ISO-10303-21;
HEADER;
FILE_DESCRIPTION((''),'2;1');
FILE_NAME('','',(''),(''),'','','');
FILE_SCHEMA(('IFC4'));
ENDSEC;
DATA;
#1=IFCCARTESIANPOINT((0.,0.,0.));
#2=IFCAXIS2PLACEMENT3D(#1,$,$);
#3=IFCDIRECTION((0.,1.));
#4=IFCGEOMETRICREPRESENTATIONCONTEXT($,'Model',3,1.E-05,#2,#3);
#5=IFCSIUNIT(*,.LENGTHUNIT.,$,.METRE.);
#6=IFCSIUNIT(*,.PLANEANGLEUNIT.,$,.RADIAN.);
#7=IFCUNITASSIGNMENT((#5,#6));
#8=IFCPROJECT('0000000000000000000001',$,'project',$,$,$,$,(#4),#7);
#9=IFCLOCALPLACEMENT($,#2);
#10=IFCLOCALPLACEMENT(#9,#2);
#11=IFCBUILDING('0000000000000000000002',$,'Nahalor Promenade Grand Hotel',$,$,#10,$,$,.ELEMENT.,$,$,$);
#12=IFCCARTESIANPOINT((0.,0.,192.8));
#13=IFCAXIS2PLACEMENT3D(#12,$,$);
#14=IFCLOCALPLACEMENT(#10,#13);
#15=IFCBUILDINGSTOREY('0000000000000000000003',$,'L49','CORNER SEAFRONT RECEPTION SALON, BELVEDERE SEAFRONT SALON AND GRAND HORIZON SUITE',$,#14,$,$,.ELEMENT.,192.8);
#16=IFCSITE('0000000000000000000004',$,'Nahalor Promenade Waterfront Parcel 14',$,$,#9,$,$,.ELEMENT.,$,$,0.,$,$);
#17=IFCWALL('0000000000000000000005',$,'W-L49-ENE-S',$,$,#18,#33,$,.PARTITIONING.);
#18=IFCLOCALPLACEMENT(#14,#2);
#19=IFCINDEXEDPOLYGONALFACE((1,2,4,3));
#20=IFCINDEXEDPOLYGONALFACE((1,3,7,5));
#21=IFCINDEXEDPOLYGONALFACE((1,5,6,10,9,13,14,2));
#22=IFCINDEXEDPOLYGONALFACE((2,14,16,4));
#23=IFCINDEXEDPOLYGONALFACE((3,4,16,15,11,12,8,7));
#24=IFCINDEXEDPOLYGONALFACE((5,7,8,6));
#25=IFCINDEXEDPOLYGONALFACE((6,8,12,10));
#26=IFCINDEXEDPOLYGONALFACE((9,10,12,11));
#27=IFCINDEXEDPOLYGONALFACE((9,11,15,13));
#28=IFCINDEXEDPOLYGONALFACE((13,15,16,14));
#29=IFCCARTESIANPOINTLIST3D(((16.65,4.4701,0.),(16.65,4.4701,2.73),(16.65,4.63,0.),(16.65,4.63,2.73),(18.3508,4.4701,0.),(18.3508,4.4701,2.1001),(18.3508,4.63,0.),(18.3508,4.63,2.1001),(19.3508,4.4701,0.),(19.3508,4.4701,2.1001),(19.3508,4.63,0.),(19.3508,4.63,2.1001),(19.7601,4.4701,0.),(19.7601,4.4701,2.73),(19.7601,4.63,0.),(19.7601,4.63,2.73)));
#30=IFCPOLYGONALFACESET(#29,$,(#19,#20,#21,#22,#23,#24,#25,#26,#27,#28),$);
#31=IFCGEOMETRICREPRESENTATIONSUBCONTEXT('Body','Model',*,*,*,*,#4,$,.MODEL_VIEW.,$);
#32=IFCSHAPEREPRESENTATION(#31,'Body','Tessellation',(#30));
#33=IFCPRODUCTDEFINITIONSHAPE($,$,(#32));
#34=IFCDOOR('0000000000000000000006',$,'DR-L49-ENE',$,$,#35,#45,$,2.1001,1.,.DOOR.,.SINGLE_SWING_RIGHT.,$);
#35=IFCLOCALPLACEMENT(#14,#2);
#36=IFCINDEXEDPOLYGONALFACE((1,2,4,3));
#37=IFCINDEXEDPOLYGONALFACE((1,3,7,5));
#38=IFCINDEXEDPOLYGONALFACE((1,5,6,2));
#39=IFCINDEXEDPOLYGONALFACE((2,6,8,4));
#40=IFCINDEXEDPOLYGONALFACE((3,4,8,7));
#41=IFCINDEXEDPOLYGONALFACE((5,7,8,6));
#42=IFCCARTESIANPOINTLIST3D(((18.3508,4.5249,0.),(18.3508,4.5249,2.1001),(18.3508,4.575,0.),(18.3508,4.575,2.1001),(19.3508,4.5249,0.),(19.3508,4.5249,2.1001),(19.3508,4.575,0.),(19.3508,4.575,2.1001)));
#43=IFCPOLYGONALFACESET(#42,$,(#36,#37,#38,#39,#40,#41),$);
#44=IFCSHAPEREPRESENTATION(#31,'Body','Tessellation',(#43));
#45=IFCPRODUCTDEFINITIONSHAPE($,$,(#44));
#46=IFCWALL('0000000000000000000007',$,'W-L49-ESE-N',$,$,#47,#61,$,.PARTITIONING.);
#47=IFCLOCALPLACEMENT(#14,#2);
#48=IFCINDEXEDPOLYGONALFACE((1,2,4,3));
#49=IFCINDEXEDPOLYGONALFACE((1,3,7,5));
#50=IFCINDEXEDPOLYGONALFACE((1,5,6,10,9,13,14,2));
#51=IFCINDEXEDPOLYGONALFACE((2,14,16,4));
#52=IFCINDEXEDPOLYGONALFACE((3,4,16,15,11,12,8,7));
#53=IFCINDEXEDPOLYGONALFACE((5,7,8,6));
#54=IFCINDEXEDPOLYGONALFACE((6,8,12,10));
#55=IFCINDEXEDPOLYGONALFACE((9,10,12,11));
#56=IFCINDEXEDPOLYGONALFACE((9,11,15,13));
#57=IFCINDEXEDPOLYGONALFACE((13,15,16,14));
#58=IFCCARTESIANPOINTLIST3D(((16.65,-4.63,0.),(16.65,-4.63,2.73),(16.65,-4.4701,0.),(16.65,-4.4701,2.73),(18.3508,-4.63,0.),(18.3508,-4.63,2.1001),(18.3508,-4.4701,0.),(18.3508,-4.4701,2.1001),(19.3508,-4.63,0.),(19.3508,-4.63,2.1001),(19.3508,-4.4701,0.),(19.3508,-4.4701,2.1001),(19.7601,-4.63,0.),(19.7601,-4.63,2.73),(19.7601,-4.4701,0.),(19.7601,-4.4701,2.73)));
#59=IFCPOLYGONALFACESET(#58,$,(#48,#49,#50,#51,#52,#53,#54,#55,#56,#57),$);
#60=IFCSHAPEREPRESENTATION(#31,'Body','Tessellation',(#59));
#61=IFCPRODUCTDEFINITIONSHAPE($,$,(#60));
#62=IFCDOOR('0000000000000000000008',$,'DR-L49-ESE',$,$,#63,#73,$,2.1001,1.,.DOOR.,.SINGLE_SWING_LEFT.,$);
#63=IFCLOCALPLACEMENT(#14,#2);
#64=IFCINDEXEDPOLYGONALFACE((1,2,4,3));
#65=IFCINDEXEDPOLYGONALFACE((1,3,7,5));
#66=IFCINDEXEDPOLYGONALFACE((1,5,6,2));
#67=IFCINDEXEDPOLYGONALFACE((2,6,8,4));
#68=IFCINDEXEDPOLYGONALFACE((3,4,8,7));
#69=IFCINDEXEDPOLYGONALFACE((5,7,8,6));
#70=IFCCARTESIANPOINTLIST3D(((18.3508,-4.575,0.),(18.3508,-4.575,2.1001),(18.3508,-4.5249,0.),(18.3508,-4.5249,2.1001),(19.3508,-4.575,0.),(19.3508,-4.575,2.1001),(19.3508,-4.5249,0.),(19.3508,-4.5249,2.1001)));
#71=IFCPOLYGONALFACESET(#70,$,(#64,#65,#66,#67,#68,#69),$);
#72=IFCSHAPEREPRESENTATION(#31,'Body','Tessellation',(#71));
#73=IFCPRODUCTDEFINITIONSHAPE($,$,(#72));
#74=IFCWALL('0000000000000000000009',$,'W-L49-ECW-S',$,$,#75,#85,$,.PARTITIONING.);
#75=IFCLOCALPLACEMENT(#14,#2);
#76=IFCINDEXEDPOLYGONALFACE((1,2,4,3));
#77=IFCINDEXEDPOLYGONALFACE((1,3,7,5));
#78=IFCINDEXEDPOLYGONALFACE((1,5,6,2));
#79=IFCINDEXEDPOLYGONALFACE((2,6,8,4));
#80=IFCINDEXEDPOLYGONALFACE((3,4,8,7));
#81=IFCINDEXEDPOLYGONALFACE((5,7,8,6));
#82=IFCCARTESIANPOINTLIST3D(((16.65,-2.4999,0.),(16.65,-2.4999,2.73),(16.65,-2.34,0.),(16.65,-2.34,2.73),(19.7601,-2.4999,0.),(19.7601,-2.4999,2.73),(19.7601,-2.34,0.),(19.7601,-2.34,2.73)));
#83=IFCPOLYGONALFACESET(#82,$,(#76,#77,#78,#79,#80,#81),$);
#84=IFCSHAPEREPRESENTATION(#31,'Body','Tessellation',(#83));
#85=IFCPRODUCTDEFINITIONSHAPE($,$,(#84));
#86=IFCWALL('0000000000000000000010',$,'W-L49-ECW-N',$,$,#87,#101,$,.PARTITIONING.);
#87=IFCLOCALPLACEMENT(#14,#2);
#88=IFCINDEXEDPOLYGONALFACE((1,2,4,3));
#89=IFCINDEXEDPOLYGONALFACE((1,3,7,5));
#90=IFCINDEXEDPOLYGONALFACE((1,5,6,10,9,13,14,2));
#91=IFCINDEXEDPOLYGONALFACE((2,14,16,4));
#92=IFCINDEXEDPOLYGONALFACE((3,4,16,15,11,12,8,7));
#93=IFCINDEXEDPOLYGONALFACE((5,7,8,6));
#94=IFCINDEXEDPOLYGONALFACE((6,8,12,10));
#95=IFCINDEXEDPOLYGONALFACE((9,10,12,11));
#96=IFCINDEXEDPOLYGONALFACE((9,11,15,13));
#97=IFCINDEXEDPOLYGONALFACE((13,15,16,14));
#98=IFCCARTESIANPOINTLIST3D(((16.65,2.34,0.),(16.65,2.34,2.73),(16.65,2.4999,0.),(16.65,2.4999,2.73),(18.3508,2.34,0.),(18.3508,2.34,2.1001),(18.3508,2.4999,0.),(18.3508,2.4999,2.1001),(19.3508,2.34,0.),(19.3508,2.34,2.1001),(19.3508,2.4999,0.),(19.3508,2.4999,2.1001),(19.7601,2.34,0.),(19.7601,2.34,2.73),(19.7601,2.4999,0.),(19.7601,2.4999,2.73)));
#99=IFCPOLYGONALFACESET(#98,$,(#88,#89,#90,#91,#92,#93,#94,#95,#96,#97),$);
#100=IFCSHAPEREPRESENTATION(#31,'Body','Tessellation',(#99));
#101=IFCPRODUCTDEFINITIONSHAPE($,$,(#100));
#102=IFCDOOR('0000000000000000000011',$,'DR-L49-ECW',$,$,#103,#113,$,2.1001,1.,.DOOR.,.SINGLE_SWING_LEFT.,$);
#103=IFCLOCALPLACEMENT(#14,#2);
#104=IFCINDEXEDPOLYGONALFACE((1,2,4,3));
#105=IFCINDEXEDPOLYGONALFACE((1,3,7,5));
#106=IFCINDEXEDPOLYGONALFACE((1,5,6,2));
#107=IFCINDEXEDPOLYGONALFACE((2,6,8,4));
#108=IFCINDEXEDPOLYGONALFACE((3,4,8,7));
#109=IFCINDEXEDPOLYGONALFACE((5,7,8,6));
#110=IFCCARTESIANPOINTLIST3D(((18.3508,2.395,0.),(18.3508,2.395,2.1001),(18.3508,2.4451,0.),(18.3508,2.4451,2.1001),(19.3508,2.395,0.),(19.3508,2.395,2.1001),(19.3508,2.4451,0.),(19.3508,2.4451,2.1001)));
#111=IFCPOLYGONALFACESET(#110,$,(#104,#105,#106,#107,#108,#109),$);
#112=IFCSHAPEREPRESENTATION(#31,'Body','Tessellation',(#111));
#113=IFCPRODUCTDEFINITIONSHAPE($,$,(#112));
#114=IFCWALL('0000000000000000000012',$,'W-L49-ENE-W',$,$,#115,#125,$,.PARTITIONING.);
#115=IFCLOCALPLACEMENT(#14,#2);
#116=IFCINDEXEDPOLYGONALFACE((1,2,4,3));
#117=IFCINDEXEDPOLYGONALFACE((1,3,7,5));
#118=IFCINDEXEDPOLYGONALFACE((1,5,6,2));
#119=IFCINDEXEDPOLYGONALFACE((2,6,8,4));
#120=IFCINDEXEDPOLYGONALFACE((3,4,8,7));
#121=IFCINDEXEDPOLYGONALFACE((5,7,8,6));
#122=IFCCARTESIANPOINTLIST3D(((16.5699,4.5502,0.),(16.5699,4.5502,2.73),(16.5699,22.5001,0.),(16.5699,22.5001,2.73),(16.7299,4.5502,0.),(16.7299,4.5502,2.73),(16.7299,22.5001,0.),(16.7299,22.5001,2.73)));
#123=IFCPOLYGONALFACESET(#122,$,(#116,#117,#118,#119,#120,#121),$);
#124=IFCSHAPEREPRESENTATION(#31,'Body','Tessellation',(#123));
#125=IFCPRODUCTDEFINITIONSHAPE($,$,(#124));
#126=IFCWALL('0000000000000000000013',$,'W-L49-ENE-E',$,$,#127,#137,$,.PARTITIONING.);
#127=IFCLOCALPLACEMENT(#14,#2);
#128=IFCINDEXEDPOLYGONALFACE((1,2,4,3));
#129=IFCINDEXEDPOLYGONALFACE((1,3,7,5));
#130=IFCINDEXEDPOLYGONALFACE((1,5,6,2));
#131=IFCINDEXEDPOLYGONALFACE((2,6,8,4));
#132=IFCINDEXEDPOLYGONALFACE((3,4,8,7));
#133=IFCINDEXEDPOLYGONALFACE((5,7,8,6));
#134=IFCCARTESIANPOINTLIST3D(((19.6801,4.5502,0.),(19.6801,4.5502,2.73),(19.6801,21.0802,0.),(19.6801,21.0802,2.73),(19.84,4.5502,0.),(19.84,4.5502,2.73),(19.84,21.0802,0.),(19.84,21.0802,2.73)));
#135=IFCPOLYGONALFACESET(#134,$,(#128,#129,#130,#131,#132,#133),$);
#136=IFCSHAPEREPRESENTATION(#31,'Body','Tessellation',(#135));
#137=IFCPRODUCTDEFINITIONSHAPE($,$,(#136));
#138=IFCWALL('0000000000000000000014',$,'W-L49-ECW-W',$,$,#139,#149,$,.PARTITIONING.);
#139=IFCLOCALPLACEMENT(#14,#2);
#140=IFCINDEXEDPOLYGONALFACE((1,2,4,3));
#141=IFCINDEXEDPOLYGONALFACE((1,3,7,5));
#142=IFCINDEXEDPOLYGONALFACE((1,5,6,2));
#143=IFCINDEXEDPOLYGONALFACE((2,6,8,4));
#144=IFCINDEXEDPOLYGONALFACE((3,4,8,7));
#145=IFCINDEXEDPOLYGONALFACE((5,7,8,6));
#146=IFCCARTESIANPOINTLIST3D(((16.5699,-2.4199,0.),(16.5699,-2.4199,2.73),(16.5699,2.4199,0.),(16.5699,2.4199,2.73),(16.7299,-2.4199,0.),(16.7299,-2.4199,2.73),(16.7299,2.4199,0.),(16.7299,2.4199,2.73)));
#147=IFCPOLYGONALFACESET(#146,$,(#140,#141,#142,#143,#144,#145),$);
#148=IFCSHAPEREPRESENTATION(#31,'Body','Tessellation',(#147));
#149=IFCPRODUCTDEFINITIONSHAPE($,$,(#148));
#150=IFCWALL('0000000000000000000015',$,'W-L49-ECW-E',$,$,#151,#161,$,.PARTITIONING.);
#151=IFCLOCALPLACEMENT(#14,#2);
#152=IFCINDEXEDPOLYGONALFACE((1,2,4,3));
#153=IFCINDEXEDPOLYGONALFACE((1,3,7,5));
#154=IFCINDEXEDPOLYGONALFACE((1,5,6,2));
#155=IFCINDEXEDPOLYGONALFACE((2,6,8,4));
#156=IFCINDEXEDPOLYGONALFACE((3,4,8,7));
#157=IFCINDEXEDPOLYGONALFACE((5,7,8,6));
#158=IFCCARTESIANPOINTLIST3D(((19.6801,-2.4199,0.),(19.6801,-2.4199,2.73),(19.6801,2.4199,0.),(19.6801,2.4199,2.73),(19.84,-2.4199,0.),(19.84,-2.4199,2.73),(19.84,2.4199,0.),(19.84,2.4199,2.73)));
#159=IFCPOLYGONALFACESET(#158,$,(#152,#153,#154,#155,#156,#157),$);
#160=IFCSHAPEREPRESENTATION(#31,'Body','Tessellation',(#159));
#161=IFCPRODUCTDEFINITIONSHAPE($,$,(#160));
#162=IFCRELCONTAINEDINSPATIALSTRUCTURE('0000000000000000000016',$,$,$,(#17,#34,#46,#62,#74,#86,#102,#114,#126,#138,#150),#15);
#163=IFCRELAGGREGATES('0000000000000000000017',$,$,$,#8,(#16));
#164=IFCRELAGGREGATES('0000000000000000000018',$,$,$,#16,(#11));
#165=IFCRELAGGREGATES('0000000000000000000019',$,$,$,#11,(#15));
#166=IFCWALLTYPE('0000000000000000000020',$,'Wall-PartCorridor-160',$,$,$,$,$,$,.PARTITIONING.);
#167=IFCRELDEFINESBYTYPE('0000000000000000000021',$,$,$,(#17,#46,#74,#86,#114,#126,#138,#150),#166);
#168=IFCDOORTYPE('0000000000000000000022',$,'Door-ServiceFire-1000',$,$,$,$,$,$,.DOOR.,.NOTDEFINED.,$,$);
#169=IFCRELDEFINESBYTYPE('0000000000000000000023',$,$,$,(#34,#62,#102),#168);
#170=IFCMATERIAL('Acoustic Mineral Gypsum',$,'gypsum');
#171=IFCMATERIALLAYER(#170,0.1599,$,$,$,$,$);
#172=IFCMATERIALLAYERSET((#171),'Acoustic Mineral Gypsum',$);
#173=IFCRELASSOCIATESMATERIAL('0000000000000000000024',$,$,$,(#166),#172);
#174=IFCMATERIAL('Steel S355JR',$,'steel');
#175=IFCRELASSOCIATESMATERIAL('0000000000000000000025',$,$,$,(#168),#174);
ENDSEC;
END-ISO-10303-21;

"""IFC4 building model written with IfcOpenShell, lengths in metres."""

from ifc_helpers import new_model, si_unit, direction, frame, frame_2d, origin, place, context, subcontext, project, spatial, rectangle, extrude, source, transform, mapped, material, layer, layer_set, type_object, element, fill, save


model = new_model("IFC4")

# Units and contexts
model_context = context("Model", 3, precision=1e-05, world=origin(), true_north=direction((0.0, 1.0)))
body_context = subcontext(model_context, "Body", "Model", "MODEL_VIEW")
ifc_project = project(units=[si_unit("LENGTHUNIT", "METRE"), si_unit("PLANEANGLEUNIT", "RADIAN")], contexts=[model_context])

# Site, building, storey
site_placement = place(None, origin())
site = spatial("IfcSite", under=ifc_project, at=site_placement, Name="Nahalor Promenade Waterfront Parcel 14", CompositionType="ELEMENT", RefElevation=0.0)
building_placement = place(site_placement, origin())
building = spatial("IfcBuilding", under=site, at=building_placement, Name="Nahalor Promenade Grand Hotel", CompositionType="ELEMENT")
storey_placement = place(building_placement, frame((0.0, 0.0, 192.8)))
storey = spatial("IfcBuildingStorey", under=building, at=storey_placement, Name="L49", Description="CORNER SEAFRONT RECEPTION SALON, BELVEDERE SEAFRONT SALON AND GRAND HORIZON SUITE", CompositionType="ELEMENT", Elevation=192.8)

# Shared definitions
ifc_material_1 = material(Name="Steel S355JR", Category="steel")

# Walls, openings, doors
ifc_material_2 = material(Name="Acoustic Mineral Gypsum", Category="gypsum")
ifc_layer_1 = layer(ifc_material_2, 0.1599)
ifc_layer_set_1 = layer_set([ifc_layer_1], Name="Acoustic Mineral Gypsum")
wall_type_1 = type_object("IfcWallType", Name="Wall-PartCorridor-160", PredefinedType="PARTITIONING", material=ifc_layer_set_1)
shared_shape_1 = source(origin(), body_context, "Body", "SweptSolid", [
    extrude(rectangle(XDim=3.1101, YDim=0.1599, at=frame_2d((1.5552, 0.0))), origin(), (0.0, 0.0, 1.0), 2.73),
])
wall_1_placement = place(storey_placement, frame((16.6499, 4.55, 0.0), z_axis=(0.0, 0.0, 1.0), x_axis=(1.0, 0.0, 0.0)))
wall_1 = element("IfcWall", 1, at=wall_1_placement, inside=storey, type_object=wall_type_1, Name="W-L49-ENE-S", PredefinedType="PARTITIONING", context=body_context, shape_type="MappedRepresentation", body=[
    mapped(shared_shape_1, transform((0.0, 0.0, 0.0), scale=1.0)),
])
opening_1_placement = place(wall_1_placement, frame((1.7009, 0.0, 0.0)))
opening_1 = element("IfcOpeningElement", 2, at=opening_1_placement, cuts=wall_1, PredefinedType="OPENING", context=body_context, shape_type="SweptSolid", body=[
    extrude(rectangle(XDim=1.0, YDim=2.1001, at=frame_2d((0.5, 1.05))), frame((0.0, 0.0898, 0.0), z_axis=(0.0, -1.0, 0.0), x_axis=(1.0, 0.0, 0.0)), (0.0, 0.0, 1.0), 0.1799),
])
door_type_1 = type_object("IfcDoorType", Name="Door-ServiceFire-1000", OperationType="NOTDEFINED", PredefinedType="DOOR", material=ifc_material_1)
shared_shape_2 = source(origin(), body_context, "Body", "SweptSolid", [
    extrude(rectangle(XDim=1.0, YDim=2.1001, at=frame_2d((0.5, 1.05))), frame((0.0, 0.0249, 0.0), z_axis=(0.0, -1.0, 0.0), x_axis=(1.0, 0.0, 0.0)), (0.0, 0.0, 1.0), 0.05),
])
door_1_placement = place(opening_1_placement, origin())
door_1 = element("IfcDoor", 3, at=door_1_placement, inside=storey, type_object=door_type_1, Name="DR-L49-ENE", OperationType="SINGLE_SWING_RIGHT", OverallHeight=2.1001, OverallWidth=1.0, PredefinedType="DOOR", context=body_context, shape_type="MappedRepresentation", body=[
    mapped(shared_shape_2, transform((0.0, 0.0, 0.0), scale=1.0)),
])
fill(opening_1, door_1)
wall_2_placement = place(storey_placement, frame((16.6499, -4.55, 0.0), z_axis=(0.0, 0.0, 1.0), x_axis=(1.0, 0.0, 0.0)))
wall_2 = element("IfcWall", 4, at=wall_2_placement, inside=storey, type_object=wall_type_1, Name="W-L49-ESE-N", PredefinedType="PARTITIONING", context=body_context, shape_type="MappedRepresentation", body=[
    mapped(shared_shape_1, transform((0.0, 0.0, 0.0), scale=1.0)),
])
opening_2_placement = place(wall_2_placement, frame((1.7009, 0.0, 0.0)))
opening_2 = element("IfcOpeningElement", 5, at=opening_2_placement, cuts=wall_2, PredefinedType="OPENING", context=body_context, shape_type="SweptSolid", body=[
    extrude(rectangle(XDim=1.0, YDim=2.1001, at=frame_2d((0.5, 1.05))), frame((0.0, 0.0898, 0.0), z_axis=(0.0, -1.0, 0.0), x_axis=(1.0, 0.0, 0.0)), (0.0, 0.0, 1.0), 0.1799),
])
door_2_placement = place(opening_2_placement, frame((1.0, 0.0, 0.0), z_axis=(0.0, 0.0, 1.0), x_axis=(-1.0, 0.0, 0.0)))
door_2 = element("IfcDoor", 6, at=door_2_placement, inside=storey, type_object=door_type_1, Name="DR-L49-ESE", OperationType="SINGLE_SWING_LEFT", OverallHeight=2.1001, OverallWidth=1.0, PredefinedType="DOOR", context=body_context, shape_type="MappedRepresentation", body=[
    mapped(shared_shape_2, transform((0.0, 0.0, 0.0), scale=1.0)),
])
fill(opening_2, door_2)

# Wall
wall_3_placement = place(storey_placement, frame((16.6499, -2.4199, 0.0), z_axis=(0.0, 0.0, 1.0), x_axis=(1.0, 0.0, 0.0)))
element("IfcWall", 7, at=wall_3_placement, inside=storey, type_object=wall_type_1, Name="W-L49-ECW-S", PredefinedType="PARTITIONING", context=body_context, shape_type="MappedRepresentation", body=[
    mapped(shared_shape_1, transform((0.0, 0.0, 0.0), scale=1.0)),
])

# Wall, opening, door
wall_4_placement = place(storey_placement, frame((16.6499, 2.4199, 0.0), z_axis=(0.0, 0.0, 1.0), x_axis=(1.0, 0.0, 0.0)))
wall_4 = element("IfcWall", 8, at=wall_4_placement, inside=storey, type_object=wall_type_1, Name="W-L49-ECW-N", PredefinedType="PARTITIONING", context=body_context, shape_type="MappedRepresentation", body=[
    mapped(shared_shape_1, transform((0.0, 0.0, 0.0), scale=1.0)),
])
opening_3_placement = place(wall_4_placement, frame((1.7009, 0.0, 0.0)))
opening_3 = element("IfcOpeningElement", 9, at=opening_3_placement, cuts=wall_4, PredefinedType="OPENING", context=body_context, shape_type="SweptSolid", body=[
    extrude(rectangle(XDim=1.0, YDim=2.1001, at=frame_2d((0.5, 1.05))), frame((0.0, 0.0898, 0.0), z_axis=(0.0, -1.0, 0.0), x_axis=(1.0, 0.0, 0.0)), (0.0, 0.0, 1.0), 0.1799),
])
door_3_placement = place(opening_3_placement, frame((1.0, 0.0, 0.0), z_axis=(0.0, 0.0, 1.0), x_axis=(-1.0, 0.0, 0.0)))
door_3 = element("IfcDoor", 10, at=door_3_placement, inside=storey, type_object=door_type_1, Name="DR-L49-ECW", OperationType="SINGLE_SWING_LEFT", OverallHeight=2.1001, OverallWidth=1.0, PredefinedType="DOOR", context=body_context, shape_type="MappedRepresentation", body=[
    mapped(shared_shape_2, transform((0.0, 0.0, 0.0), scale=1.0)),
])
fill(opening_3, door_3)

# Walls
shared_shape_3 = source(origin(), body_context, "Body", "SweptSolid", [
    extrude(rectangle(XDim=17.95, YDim=0.1599, at=frame_2d((8.9751, 0.0))), origin(), (0.0, 0.0, 1.0), 2.73),
])
wall_5_placement = place(storey_placement, frame((16.6499, 4.55, 0.0), z_axis=(0.0, 0.0, 1.0), x_axis=(0.0, 1.0, 0.0)))
element("IfcWall", 11, at=wall_5_placement, inside=storey, type_object=wall_type_1, Name="W-L49-ENE-W", PredefinedType="PARTITIONING", context=body_context, shape_type="MappedRepresentation", body=[
    mapped(shared_shape_3, transform((0.0, 0.0, 0.0), scale=1.0)),
])
shared_shape_4 = source(origin(), body_context, "Body", "SweptSolid", [
    extrude(rectangle(XDim=16.53, YDim=0.1599, at=frame_2d((8.2651, 0.0))), origin(), (0.0, 0.0, 1.0), 2.73),
])
wall_6_placement = place(storey_placement, frame((19.76, 4.55, 0.0), z_axis=(0.0, 0.0, 1.0), x_axis=(0.0, 1.0, 0.0)))
element("IfcWall", 12, at=wall_6_placement, inside=storey, type_object=wall_type_1, Name="W-L49-ENE-E", PredefinedType="PARTITIONING", context=body_context, shape_type="MappedRepresentation", body=[
    mapped(shared_shape_4, transform((0.0, 0.0, 0.0), scale=1.0)),
])
shared_shape_5 = source(origin(), body_context, "Body", "SweptSolid", [
    extrude(rectangle(XDim=4.8398, YDim=0.1599, at=frame_2d((2.4199, 0.0))), origin(), (0.0, 0.0, 1.0), 2.73),
])
for number, where, z_axis, x_axis, name in (
    (13, (16.6499, -2.4199, 0.0), (0.0, 0.0, 1.0), (0.0, 1.0, 0.0), "W-L49-ECW-W"),
    (14, (19.76, -2.4199, 0.0), (0.0, 0.0, 1.0), (0.0, 1.0, 0.0), "W-L49-ECW-E"),
):
    element("IfcWall", number, at=place(storey_placement, frame(where, z_axis=z_axis, x_axis=x_axis)), inside=storey, type_object=wall_type_1, Name=name, PredefinedType="PARTITIONING", context=body_context, shape_type="MappedRepresentation", body=[
        mapped(shared_shape_5, transform((0.0, 0.0, 0.0), scale=1.0)),
    ])

save(model, "model.ifc")
